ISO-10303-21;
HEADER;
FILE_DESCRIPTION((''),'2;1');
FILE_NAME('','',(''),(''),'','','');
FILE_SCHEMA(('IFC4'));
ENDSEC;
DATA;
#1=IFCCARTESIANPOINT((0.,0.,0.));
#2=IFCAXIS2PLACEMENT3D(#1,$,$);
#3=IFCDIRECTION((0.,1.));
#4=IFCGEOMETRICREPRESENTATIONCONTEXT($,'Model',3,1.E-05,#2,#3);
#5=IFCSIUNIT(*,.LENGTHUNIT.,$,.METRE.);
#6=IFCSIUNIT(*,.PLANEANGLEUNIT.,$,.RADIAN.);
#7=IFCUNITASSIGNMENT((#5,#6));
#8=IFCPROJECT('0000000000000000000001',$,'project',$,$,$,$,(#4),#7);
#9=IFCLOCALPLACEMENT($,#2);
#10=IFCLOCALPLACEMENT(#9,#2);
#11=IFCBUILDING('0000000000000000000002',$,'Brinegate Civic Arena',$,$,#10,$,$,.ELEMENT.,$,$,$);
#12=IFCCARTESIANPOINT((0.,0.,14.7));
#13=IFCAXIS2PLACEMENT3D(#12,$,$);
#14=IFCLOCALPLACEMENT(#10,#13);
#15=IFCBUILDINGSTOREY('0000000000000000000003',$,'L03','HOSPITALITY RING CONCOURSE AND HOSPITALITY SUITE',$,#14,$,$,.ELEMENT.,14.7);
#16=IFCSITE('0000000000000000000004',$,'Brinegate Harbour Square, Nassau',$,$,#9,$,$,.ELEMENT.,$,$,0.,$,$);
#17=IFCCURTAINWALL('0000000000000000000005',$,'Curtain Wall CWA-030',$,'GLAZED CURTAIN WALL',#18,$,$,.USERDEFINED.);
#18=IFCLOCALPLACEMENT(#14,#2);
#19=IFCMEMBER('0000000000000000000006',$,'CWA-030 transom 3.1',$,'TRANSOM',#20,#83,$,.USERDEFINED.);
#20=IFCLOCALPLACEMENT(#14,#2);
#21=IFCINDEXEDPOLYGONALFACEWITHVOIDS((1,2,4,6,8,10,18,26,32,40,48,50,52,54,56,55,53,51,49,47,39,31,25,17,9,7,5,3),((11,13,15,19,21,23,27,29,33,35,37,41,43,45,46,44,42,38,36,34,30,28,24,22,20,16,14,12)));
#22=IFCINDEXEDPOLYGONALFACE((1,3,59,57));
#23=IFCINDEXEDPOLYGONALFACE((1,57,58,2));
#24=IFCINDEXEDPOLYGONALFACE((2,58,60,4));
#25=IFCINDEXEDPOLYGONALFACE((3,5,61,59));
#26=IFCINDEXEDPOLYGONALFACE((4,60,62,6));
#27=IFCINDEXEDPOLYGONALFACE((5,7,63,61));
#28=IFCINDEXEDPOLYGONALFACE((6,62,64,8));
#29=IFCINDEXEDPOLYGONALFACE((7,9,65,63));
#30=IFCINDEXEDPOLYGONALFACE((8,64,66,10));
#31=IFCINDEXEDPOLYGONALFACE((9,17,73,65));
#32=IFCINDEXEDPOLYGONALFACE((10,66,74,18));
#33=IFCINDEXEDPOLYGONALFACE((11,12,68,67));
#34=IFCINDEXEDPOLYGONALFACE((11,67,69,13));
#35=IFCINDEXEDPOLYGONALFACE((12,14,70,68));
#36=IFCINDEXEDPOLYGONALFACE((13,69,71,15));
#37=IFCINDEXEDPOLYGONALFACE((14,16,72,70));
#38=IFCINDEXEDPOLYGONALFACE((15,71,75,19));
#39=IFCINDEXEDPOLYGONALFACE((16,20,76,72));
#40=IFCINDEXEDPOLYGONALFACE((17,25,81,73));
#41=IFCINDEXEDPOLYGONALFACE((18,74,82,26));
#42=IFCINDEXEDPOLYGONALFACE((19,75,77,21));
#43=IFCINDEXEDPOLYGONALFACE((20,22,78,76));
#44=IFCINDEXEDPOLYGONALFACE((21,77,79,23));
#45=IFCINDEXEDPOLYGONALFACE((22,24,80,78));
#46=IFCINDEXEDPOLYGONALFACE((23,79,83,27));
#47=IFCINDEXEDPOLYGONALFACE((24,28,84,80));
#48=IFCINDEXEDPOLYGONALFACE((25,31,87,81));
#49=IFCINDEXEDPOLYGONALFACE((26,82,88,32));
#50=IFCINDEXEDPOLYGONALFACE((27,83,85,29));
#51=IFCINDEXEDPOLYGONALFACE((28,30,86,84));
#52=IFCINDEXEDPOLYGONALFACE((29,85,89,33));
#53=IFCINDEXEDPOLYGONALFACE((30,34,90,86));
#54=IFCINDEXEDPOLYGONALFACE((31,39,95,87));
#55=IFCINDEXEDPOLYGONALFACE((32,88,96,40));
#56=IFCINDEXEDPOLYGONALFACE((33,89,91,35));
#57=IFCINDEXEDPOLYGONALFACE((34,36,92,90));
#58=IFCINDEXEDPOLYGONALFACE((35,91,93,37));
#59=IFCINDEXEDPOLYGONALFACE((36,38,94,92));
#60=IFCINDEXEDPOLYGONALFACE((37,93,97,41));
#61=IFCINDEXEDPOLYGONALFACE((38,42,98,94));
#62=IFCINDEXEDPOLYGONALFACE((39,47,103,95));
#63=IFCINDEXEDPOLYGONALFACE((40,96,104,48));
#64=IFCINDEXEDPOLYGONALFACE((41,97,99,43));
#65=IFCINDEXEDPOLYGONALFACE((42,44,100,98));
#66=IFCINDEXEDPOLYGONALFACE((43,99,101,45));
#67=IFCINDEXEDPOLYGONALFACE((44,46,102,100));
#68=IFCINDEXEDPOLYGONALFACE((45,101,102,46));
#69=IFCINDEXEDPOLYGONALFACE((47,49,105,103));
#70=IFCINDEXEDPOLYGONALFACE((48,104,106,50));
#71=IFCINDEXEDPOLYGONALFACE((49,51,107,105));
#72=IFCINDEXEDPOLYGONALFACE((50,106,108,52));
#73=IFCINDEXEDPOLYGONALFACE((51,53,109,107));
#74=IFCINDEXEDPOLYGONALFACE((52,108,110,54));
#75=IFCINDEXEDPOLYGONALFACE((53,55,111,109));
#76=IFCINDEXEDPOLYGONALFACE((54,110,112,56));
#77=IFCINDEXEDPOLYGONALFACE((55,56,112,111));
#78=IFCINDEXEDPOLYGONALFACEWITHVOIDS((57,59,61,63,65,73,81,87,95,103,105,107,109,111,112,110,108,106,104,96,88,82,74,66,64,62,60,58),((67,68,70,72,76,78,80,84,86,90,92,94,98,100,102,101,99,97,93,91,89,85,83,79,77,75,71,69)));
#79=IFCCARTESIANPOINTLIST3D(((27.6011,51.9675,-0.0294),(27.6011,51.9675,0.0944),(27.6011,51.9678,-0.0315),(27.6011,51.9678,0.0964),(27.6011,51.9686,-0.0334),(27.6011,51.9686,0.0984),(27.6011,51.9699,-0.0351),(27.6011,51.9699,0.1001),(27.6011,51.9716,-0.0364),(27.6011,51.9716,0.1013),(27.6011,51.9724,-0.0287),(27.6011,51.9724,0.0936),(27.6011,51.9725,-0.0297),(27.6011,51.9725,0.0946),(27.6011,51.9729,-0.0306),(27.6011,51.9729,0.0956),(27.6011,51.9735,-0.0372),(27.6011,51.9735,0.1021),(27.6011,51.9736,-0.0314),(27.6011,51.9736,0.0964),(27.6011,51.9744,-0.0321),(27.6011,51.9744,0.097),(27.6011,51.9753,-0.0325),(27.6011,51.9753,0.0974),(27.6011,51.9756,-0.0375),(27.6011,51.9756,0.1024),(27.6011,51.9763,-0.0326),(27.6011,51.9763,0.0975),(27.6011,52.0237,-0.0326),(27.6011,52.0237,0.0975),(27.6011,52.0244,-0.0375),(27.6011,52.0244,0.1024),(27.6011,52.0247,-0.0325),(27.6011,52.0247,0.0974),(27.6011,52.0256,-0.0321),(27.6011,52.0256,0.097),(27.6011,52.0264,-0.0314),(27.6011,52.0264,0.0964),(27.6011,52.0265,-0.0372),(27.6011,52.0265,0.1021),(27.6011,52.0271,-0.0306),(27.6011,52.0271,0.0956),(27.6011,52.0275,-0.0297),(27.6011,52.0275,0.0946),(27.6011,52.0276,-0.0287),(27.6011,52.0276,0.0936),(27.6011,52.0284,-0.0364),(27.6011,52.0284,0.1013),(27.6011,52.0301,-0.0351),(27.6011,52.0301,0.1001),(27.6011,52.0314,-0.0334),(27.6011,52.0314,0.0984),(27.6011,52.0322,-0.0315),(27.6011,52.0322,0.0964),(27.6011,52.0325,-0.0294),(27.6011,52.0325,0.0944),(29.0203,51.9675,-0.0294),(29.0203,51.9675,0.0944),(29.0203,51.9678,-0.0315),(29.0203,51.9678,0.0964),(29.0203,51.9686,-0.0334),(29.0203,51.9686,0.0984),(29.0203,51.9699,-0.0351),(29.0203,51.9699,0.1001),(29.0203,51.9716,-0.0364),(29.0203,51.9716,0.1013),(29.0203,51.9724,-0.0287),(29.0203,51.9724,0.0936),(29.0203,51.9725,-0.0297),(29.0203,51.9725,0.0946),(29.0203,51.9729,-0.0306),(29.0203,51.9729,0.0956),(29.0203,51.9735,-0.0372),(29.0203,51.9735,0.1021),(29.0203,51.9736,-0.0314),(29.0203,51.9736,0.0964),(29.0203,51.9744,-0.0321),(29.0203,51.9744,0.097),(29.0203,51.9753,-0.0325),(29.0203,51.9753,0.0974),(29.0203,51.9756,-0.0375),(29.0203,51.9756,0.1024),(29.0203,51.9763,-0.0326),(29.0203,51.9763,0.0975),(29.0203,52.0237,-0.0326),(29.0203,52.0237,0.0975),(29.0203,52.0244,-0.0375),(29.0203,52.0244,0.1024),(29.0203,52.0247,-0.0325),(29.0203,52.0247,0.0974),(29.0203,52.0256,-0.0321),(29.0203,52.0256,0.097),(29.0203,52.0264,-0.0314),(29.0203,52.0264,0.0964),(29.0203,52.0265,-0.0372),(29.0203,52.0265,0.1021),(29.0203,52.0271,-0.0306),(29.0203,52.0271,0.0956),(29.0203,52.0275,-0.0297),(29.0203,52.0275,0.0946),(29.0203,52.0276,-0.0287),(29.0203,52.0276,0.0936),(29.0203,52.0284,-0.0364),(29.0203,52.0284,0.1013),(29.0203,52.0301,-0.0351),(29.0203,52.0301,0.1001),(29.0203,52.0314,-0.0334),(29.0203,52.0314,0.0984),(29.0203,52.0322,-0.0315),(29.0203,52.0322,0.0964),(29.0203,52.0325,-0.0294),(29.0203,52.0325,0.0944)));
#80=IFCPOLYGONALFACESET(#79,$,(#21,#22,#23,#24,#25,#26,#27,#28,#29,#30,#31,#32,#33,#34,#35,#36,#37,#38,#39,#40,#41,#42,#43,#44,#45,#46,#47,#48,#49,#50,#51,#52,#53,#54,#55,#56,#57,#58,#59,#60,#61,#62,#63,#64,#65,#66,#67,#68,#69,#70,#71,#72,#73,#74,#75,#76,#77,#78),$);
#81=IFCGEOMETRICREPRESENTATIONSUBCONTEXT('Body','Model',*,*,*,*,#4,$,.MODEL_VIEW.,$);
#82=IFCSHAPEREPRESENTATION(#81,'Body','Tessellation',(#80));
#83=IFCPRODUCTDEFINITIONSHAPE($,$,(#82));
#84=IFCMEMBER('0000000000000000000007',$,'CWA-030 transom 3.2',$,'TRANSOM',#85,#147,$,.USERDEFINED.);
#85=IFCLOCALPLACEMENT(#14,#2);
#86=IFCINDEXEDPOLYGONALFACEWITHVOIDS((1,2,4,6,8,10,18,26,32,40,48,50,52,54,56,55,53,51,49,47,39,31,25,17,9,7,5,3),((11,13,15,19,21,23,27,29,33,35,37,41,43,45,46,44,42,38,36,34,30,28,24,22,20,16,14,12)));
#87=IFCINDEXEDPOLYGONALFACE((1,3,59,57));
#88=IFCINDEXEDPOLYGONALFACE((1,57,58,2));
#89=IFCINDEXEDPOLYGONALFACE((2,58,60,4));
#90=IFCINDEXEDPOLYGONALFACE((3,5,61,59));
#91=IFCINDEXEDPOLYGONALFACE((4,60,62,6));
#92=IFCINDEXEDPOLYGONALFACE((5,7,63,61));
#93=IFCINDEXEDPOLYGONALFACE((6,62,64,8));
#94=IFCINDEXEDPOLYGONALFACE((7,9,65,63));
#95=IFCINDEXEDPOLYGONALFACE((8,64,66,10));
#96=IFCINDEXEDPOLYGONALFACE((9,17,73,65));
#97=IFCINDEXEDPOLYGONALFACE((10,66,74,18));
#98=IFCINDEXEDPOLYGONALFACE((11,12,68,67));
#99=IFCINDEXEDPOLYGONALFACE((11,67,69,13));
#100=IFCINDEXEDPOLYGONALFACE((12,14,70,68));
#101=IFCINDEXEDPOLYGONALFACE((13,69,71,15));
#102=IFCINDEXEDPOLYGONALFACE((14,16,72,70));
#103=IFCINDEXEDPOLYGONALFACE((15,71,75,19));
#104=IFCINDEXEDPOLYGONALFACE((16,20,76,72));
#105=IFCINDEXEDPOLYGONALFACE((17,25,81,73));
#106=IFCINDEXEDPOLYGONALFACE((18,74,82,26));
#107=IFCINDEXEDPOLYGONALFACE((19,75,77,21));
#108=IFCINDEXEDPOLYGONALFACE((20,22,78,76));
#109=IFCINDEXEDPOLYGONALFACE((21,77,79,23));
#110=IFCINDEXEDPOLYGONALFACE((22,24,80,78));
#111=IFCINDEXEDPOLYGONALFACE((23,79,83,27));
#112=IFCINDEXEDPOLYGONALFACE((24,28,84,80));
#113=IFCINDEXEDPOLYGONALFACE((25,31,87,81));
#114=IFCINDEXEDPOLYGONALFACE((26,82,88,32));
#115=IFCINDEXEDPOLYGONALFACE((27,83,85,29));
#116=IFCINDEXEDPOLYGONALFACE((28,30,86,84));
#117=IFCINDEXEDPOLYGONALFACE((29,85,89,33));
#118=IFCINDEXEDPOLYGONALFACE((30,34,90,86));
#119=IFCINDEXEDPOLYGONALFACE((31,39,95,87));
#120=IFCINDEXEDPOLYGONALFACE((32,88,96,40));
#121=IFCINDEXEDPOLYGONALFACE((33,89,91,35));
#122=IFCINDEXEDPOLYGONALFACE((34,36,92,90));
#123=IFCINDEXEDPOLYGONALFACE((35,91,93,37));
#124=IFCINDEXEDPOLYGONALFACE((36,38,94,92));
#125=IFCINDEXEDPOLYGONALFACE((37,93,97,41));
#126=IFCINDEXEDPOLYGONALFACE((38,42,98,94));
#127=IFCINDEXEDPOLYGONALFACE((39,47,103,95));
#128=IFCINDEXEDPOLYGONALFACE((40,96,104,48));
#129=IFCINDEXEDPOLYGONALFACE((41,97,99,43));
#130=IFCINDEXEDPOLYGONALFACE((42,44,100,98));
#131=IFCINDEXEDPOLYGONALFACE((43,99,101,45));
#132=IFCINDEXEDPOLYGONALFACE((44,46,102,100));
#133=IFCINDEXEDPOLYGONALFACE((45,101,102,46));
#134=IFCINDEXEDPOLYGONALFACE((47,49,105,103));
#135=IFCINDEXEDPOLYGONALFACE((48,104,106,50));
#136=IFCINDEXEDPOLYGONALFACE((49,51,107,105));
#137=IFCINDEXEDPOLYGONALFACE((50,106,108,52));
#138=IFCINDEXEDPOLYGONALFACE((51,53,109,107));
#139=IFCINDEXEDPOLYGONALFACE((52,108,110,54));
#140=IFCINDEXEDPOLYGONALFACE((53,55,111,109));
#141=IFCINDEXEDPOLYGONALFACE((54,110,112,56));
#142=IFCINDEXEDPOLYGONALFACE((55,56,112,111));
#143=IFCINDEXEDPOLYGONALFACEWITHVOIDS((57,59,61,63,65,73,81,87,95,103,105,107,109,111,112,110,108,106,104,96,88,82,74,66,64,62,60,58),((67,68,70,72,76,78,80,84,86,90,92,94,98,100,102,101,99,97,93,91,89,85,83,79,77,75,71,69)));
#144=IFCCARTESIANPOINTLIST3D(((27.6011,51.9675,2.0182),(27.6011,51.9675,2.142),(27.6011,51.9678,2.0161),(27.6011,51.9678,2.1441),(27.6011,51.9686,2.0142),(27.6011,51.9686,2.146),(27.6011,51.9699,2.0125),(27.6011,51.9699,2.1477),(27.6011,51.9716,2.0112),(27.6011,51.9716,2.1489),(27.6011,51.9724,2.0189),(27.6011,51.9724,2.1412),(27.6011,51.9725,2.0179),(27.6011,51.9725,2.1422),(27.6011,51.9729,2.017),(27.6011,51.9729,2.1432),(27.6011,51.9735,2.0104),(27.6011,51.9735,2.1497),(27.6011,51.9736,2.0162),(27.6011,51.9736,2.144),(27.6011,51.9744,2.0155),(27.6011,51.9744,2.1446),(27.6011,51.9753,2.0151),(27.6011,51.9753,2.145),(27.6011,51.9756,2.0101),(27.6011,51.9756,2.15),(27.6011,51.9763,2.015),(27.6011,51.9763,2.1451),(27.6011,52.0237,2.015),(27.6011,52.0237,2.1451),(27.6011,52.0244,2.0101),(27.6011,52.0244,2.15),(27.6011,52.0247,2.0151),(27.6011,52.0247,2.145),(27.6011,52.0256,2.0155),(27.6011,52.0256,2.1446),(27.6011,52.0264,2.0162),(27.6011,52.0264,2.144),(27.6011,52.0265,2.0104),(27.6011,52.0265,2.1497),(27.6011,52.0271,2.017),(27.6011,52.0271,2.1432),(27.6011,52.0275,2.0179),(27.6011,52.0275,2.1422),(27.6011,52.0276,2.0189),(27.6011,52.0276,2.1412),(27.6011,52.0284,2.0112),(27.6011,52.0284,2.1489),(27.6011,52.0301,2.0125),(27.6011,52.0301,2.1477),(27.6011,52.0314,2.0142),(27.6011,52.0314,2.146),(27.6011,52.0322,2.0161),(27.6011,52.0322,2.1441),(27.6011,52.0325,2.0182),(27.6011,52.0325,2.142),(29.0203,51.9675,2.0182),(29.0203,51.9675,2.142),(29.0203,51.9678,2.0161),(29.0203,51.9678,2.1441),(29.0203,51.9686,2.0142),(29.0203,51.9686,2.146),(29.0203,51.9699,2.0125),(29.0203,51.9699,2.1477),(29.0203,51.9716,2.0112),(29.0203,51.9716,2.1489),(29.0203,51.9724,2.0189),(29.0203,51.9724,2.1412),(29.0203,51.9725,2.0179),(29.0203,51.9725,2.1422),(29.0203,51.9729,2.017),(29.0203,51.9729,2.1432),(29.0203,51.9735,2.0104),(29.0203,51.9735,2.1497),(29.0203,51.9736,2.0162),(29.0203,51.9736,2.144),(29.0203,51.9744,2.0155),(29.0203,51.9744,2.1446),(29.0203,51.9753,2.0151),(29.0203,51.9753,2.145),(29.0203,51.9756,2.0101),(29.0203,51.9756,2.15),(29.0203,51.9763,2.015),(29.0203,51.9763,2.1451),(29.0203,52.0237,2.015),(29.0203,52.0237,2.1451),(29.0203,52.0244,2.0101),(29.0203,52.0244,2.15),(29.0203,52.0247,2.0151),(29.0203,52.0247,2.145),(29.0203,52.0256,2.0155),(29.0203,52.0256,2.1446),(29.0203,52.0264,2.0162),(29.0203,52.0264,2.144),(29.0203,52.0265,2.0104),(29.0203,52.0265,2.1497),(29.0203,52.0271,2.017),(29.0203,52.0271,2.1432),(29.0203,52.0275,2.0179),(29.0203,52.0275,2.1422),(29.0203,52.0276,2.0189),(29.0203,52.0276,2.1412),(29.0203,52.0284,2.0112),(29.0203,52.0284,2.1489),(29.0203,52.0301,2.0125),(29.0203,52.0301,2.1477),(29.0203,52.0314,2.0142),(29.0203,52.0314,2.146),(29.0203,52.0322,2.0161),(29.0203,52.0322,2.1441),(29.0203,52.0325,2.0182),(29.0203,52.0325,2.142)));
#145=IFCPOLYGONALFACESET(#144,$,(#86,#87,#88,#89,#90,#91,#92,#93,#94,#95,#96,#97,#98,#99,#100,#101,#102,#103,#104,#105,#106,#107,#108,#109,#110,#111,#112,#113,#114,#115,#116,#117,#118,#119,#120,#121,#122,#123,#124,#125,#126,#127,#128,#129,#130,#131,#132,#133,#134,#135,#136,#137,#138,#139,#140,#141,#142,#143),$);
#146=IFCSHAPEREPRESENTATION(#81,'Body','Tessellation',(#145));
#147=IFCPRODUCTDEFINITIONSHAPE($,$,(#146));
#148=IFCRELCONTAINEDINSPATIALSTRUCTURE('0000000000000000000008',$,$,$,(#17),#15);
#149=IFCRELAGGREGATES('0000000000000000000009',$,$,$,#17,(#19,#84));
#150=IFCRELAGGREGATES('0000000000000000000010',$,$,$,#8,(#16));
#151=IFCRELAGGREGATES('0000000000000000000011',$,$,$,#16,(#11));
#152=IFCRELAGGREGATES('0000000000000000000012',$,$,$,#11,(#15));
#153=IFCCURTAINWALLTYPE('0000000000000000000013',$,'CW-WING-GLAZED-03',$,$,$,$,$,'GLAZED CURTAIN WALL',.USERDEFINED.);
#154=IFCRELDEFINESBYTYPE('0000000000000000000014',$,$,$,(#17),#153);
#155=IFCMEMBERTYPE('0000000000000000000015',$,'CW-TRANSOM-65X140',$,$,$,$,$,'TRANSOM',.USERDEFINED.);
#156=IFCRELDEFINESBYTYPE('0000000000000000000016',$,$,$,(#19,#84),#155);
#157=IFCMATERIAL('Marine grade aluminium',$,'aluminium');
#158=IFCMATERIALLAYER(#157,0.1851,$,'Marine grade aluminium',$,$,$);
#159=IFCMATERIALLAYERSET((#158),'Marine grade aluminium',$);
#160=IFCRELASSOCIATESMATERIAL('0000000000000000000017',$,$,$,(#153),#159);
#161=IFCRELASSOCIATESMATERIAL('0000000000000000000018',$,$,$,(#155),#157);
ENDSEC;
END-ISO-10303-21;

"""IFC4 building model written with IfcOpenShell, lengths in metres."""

from ifc_helpers import new_model, si_unit, direction, frame, origin, origin_2d, place, context, subcontext, project, spatial, hollow_rectangle, extrude, material, layer, layer_set, material_profile, profile_set, type_object, element, aggregate, save


model = new_model("IFC4")

# Units and contexts
model_context = context("Model", 3, precision=1e-05, world=origin(), true_north=direction((0.0, 1.0)))
body_context = subcontext(model_context, "Body", "Model", "MODEL_VIEW")
ifc_project = project(units=[si_unit("LENGTHUNIT", "METRE"), si_unit("PLANEANGLEUNIT", "RADIAN")], contexts=[model_context])

# Site, building, storey
site_placement = place(None, origin())
site = spatial("IfcSite", under=ifc_project, at=site_placement, Name="Brinegate Harbour Square, Nassau", CompositionType="ELEMENT", RefElevation=0.0)
building_placement = place(site_placement, origin())
building = spatial("IfcBuilding", under=site, at=building_placement, Name="Brinegate Civic Arena", CompositionType="ELEMENT")
storey_placement = place(building_placement, frame((0.0, 0.0, 14.7)))
storey = spatial("IfcBuildingStorey", under=building, at=storey_placement, Name="L03", Description="HOSPITALITY RING CONCOURSE AND HOSPITALITY SUITE", CompositionType="ELEMENT", Elevation=14.7)

# Curtain wall
ifc_material_1 = material(Name="Marine grade aluminium", Category="aluminium")
ifc_layer_1 = layer(ifc_material_1, 0.1851, Name="Marine grade aluminium")
ifc_layer_set_1 = layer_set([ifc_layer_1], Name="Marine grade aluminium")
curtain_wall_type = type_object("IfcCurtainWallType", Name="CW-WING-GLAZED-03", ElementType="GLAZED CURTAIN WALL", PredefinedType="USERDEFINED", material=ifc_layer_set_1)
curtain_wall_1_placement = place(storey_placement, origin())
curtain_wall_1 = element("IfcCurtainWall", 1, at=curtain_wall_1_placement, inside=storey, type_object=curtain_wall_type, Name="Curtain Wall CWA-030", ObjectType="GLAZED CURTAIN WALL", PredefinedType="USERDEFINED")

# Members
ifc_material_profile_1 = material_profile(ifc_material_1, hollow_rectangle(XDim=0.0649, YDim=0.1399, WallThickness=0.0049, InnerFilletRadius=0.0039, OuterFilletRadius=0.0081, at=origin_2d()), Name="TRN65X140")
ifc_profile_set_1 = profile_set([ifc_material_profile_1], Name="Marine grade aluminium")
member_type_1 = type_object("IfcMemberType", Name="CW-TRANSOM-65X140", ElementType="TRANSOM", PredefinedType="USERDEFINED", material=ifc_profile_set_1)
member_1_placement = place(storey_placement, frame((27.6011, 52.0, 0.0325), z_axis=(1.0, 0.0, 0.0), x_axis=(0.0, 1.0, 0.0)))
member_1 = element("IfcMember", 2, at=member_1_placement, type_object=member_type_1, Name="CWA-030 transom 3.1", ObjectType="TRANSOM", PredefinedType="USERDEFINED", context=body_context, shape_type="SweptSolid", body=[
    extrude(hollow_rectangle(XDim=0.0649, YDim=0.1399, WallThickness=0.0049, InnerFilletRadius=0.0039, OuterFilletRadius=0.0081, at=origin_2d()), origin(), (0.0, 0.0, 1.0), 1.4192),
])
member_2_placement = place(storey_placement, frame((27.6011, 52.0, 2.0801), z_axis=(1.0, 0.0, 0.0), x_axis=(0.0, 1.0, 0.0)))
member_2 = element("IfcMember", 3, at=member_2_placement, type_object=member_type_1, Name="CWA-030 transom 3.2", ObjectType="TRANSOM", PredefinedType="USERDEFINED", context=body_context, shape_type="SweptSolid", body=[
    extrude(hollow_rectangle(XDim=0.0649, YDim=0.1399, WallThickness=0.0049, InnerFilletRadius=0.0039, OuterFilletRadius=0.0081, at=origin_2d()), origin(), (0.0, 0.0, 1.0), 1.4192),
])

aggregate(curtain_wall_1, [member_1, member_2])

save(model, "model.ifc")
